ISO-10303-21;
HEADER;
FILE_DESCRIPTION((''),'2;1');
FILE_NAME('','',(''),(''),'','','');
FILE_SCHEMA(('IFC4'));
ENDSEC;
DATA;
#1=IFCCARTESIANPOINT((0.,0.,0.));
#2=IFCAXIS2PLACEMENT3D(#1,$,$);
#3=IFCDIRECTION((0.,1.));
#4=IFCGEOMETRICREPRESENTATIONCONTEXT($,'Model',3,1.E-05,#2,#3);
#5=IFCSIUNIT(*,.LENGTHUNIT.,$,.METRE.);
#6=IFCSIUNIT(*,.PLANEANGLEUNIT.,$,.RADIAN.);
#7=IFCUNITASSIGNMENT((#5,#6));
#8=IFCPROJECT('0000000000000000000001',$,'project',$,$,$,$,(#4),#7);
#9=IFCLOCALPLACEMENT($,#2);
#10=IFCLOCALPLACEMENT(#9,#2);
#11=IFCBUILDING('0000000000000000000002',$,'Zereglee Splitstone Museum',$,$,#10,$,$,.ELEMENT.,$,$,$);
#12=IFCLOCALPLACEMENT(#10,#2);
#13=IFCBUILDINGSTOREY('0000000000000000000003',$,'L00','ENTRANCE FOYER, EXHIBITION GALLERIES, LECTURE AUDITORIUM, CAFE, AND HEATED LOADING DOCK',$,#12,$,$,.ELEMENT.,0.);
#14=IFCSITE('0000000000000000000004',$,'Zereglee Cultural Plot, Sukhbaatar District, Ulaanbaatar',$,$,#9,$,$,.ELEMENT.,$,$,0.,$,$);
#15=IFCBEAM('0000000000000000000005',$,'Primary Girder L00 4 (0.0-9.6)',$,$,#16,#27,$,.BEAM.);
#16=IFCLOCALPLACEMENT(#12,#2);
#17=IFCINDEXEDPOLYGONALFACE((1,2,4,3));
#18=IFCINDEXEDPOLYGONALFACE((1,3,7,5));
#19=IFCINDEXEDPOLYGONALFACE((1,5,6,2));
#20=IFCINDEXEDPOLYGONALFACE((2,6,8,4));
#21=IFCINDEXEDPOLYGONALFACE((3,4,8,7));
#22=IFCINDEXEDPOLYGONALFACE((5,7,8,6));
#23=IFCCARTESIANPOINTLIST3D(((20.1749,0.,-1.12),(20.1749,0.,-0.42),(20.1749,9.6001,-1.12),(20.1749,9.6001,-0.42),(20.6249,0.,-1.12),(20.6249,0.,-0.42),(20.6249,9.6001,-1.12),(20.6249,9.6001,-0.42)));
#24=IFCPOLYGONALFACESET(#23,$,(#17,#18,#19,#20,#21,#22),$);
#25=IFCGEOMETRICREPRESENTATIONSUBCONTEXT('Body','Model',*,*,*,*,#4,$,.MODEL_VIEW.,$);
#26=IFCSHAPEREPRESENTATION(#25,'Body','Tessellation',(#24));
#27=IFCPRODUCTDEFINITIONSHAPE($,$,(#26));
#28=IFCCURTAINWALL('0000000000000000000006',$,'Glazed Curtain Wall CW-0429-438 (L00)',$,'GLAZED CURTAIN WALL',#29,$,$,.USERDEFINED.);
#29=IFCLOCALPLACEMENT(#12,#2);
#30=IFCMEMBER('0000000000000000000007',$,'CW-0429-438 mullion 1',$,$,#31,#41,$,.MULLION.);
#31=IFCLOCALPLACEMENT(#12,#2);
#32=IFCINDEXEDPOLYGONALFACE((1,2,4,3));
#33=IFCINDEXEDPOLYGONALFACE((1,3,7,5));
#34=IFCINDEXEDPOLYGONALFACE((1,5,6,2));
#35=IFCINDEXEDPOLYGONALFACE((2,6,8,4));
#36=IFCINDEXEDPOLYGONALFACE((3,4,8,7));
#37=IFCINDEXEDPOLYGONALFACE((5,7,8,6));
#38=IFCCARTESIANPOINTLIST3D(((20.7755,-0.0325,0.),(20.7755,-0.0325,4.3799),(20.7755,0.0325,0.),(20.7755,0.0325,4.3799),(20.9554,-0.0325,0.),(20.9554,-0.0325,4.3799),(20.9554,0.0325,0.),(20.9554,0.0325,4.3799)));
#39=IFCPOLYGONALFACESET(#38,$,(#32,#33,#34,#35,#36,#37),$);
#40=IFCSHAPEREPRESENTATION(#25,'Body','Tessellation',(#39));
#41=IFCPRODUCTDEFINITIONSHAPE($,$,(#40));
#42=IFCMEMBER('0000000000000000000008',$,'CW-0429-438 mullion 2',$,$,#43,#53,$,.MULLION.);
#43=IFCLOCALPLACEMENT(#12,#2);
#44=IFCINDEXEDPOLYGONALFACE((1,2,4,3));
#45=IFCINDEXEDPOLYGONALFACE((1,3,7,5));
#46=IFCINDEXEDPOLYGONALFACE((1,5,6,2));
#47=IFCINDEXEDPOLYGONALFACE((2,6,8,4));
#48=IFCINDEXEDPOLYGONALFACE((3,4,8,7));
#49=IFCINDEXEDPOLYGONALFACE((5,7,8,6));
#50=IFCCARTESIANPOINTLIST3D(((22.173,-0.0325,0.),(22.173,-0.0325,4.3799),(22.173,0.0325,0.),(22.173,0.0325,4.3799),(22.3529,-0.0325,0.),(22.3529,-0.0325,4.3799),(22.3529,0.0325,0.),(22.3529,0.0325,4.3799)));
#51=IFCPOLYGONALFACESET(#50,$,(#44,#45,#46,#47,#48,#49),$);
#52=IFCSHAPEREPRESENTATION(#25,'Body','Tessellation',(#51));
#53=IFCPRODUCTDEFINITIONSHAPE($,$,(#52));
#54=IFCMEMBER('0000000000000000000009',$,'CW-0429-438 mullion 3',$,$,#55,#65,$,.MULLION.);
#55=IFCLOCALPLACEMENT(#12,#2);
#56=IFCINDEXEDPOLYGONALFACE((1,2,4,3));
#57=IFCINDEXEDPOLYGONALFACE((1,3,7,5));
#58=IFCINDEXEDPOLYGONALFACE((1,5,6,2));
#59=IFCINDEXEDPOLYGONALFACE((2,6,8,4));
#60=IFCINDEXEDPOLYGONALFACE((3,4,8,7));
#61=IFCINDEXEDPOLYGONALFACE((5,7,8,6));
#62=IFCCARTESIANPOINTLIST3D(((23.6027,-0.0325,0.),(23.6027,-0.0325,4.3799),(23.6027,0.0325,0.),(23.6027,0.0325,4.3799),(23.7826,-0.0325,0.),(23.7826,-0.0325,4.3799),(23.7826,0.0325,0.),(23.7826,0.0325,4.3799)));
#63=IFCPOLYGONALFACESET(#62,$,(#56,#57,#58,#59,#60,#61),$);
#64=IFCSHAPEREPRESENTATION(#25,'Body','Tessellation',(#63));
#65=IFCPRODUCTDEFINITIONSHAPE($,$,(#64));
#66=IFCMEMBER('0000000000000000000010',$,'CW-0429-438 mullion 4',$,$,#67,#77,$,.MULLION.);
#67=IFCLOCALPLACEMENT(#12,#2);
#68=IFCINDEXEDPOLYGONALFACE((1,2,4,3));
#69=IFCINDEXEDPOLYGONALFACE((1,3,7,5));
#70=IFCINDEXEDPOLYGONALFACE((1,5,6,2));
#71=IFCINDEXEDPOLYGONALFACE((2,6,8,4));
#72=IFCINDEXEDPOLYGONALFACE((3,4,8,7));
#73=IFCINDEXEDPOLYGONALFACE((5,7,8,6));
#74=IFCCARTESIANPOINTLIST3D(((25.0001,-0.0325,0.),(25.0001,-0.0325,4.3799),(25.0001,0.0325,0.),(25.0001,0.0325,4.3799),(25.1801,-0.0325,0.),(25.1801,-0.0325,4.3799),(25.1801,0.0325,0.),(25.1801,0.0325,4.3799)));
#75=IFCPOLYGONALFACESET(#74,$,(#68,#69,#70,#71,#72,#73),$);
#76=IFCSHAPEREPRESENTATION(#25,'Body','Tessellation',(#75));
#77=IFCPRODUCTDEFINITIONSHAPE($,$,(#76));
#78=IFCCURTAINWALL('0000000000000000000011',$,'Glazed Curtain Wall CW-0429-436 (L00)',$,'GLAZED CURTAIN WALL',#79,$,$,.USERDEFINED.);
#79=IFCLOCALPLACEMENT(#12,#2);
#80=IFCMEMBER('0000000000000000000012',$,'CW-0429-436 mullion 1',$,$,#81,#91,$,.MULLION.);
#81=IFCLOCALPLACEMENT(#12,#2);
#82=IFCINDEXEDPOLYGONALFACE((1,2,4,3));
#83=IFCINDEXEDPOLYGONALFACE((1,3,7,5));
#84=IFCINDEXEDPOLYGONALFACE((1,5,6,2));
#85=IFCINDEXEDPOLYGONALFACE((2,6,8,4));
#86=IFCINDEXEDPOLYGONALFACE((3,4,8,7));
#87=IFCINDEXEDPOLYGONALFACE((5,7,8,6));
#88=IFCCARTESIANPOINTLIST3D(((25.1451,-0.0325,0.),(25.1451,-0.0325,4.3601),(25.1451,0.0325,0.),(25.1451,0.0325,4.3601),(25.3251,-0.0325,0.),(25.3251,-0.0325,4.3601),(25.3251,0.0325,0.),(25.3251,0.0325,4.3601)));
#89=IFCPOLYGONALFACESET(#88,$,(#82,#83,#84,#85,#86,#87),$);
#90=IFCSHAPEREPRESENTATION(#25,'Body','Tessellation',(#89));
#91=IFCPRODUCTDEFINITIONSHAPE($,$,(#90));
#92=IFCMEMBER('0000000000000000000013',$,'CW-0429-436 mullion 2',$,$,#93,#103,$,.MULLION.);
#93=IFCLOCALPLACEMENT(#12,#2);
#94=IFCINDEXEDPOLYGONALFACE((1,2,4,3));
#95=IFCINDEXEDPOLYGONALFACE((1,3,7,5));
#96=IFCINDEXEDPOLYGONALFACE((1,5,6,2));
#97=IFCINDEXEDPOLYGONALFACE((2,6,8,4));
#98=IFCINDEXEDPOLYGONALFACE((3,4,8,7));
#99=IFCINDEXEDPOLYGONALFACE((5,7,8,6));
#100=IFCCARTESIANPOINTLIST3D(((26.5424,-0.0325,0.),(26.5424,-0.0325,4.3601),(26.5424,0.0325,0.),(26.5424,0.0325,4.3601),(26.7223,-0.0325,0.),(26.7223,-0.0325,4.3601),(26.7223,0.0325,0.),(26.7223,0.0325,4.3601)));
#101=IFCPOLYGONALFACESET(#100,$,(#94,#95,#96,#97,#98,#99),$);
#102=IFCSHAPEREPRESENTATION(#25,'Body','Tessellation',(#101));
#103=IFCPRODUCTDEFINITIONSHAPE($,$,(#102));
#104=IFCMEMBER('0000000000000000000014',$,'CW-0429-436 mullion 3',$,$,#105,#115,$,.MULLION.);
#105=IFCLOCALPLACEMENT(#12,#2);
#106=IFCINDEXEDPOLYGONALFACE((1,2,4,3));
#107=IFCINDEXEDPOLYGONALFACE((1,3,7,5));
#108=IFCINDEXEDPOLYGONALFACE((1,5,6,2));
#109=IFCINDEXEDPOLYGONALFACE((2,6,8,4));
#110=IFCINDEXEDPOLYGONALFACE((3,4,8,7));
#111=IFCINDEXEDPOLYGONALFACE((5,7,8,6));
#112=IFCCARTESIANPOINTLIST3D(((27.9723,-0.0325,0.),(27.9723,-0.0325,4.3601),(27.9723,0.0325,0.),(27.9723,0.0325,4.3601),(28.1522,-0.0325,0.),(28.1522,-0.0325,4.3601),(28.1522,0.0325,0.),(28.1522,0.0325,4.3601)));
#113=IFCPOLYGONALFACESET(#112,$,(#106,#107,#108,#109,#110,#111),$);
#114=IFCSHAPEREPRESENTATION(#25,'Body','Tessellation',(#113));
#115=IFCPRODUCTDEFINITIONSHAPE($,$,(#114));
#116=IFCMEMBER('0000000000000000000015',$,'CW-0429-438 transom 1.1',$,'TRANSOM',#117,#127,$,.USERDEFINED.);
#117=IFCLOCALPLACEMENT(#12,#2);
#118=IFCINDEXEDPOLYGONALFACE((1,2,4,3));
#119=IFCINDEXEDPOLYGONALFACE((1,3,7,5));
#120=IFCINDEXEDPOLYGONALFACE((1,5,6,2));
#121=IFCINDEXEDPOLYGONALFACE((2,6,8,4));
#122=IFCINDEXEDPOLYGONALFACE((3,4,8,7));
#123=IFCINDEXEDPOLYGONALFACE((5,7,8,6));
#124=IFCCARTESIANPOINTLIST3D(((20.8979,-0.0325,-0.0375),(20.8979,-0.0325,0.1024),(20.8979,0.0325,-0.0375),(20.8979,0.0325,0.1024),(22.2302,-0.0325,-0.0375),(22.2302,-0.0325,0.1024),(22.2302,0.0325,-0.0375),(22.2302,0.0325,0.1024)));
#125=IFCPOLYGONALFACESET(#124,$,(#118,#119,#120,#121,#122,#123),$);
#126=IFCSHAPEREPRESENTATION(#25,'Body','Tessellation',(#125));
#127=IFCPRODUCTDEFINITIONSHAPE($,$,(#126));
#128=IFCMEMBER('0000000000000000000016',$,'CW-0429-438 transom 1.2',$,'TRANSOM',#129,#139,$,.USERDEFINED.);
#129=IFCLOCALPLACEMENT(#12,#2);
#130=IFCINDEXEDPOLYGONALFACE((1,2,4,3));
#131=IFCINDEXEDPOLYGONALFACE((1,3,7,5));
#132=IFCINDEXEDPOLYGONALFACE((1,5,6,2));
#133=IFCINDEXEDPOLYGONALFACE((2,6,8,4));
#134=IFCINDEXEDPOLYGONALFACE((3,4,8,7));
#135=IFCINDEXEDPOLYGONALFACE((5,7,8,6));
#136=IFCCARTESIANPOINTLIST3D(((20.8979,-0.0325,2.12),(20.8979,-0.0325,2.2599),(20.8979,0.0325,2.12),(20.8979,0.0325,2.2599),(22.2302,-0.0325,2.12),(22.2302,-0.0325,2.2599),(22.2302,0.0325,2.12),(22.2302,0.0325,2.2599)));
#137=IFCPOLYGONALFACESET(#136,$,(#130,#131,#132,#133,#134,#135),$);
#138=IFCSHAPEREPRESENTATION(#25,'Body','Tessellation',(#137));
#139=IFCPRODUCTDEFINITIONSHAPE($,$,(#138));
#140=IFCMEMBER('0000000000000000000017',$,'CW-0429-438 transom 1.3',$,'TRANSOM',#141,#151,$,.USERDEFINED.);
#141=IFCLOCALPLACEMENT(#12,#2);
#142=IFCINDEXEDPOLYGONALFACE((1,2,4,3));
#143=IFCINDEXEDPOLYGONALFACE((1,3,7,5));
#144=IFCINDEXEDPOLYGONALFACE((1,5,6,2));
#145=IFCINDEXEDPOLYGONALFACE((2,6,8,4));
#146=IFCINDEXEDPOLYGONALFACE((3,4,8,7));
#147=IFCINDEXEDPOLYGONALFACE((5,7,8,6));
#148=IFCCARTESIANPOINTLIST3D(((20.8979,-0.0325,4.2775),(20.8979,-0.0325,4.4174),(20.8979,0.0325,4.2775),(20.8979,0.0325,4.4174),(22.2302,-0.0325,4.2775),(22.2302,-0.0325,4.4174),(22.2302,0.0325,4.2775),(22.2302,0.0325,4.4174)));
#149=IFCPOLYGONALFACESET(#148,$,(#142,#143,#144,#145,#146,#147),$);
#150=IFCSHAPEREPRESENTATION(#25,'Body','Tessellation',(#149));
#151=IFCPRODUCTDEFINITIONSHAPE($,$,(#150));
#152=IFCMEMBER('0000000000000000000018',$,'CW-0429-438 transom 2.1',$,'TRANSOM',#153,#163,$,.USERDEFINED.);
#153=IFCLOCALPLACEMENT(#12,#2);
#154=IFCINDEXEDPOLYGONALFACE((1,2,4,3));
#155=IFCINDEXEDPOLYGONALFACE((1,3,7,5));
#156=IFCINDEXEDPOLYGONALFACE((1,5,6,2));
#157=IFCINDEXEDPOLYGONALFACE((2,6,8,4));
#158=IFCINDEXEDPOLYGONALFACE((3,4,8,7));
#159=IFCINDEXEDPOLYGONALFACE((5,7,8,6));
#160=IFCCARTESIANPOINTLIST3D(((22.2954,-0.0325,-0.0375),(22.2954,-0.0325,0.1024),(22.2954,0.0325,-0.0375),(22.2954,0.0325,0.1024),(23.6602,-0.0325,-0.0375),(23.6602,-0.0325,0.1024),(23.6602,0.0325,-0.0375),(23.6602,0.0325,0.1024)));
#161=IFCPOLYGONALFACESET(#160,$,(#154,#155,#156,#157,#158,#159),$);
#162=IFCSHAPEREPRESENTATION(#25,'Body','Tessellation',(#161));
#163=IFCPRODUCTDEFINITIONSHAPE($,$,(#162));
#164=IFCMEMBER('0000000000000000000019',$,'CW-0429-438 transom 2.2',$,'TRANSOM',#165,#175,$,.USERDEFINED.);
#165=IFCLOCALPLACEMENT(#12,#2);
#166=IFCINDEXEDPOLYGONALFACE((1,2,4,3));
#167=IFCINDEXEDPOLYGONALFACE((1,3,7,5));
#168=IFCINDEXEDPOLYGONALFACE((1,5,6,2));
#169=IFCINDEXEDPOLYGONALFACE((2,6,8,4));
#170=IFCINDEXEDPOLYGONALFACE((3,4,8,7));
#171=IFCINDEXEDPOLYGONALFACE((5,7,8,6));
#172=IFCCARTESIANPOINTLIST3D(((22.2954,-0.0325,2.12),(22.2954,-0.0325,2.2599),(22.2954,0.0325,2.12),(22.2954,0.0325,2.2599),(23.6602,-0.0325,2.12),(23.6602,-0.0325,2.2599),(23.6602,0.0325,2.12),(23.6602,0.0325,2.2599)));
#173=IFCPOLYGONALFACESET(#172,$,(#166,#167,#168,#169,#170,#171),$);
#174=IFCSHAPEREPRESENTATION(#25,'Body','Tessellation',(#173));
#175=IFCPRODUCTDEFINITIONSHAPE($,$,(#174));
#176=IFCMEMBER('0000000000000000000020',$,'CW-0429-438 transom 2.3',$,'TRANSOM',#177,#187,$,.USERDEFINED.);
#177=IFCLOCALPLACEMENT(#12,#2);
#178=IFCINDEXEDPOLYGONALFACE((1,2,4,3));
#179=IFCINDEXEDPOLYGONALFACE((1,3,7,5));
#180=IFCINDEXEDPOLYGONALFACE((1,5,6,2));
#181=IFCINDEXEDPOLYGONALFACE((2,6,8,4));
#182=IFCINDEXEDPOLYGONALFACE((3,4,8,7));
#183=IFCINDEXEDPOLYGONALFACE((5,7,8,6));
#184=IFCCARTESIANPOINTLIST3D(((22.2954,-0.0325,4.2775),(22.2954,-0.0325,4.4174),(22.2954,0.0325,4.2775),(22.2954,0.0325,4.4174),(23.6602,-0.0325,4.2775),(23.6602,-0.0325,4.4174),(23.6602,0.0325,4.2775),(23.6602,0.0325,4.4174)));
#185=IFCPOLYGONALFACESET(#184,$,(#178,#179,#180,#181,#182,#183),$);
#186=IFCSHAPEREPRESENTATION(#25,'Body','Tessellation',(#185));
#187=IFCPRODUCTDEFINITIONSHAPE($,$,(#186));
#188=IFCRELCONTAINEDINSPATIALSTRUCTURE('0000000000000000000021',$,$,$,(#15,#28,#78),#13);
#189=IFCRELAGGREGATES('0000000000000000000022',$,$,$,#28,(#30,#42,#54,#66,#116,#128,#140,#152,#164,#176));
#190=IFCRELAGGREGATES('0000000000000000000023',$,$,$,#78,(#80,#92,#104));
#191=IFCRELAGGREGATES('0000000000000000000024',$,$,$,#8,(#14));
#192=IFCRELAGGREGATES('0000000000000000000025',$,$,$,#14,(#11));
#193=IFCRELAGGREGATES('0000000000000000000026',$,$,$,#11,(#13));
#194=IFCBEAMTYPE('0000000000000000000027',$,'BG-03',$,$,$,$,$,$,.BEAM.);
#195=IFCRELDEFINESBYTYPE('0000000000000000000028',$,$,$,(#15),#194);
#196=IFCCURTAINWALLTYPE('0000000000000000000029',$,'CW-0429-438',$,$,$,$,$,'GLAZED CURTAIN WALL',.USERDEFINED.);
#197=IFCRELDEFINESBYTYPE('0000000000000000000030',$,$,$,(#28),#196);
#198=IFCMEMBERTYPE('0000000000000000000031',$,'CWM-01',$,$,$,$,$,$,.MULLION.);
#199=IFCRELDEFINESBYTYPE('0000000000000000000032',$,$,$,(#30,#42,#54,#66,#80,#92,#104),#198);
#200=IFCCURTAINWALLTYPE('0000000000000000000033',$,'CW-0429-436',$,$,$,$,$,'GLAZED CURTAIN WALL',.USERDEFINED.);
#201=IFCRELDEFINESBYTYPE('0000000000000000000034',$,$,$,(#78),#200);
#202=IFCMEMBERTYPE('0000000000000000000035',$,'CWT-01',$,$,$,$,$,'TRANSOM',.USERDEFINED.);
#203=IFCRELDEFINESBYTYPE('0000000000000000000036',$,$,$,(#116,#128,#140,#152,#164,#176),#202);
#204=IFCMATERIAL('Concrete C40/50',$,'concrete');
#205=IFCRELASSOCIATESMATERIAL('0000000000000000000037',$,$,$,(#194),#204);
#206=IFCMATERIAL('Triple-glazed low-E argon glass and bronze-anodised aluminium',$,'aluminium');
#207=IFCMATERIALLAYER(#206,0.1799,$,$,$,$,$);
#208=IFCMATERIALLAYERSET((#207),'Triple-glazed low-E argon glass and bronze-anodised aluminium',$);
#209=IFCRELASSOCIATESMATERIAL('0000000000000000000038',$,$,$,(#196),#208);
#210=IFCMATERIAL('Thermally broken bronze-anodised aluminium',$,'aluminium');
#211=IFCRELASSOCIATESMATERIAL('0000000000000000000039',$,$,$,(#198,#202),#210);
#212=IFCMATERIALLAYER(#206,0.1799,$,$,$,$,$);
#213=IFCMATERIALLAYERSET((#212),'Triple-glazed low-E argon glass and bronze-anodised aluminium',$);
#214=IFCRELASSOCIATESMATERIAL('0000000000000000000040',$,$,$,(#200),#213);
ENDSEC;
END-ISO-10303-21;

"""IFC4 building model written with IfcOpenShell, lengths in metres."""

from ifc_helpers import new_model, si_unit, direction, frame, origin, origin_2d, place, context, subcontext, project, spatial, rectangle, extrude, material, layer, layer_set, material_profile, profile_set, type_object, element, aggregate, save


model = new_model("IFC4")

# Units and contexts
model_context = context("Model", 3, precision=1e-05, world=origin(), true_north=direction((0.0, 1.0)))
body_context = subcontext(model_context, "Body", "Model", "MODEL_VIEW")
ifc_project = project(units=[si_unit("LENGTHUNIT", "METRE"), si_unit("PLANEANGLEUNIT", "RADIAN")], contexts=[model_context])

# Site, building, storey
site_placement = place(None, origin())
site = spatial("IfcSite", under=ifc_project, at=site_placement, Name="Zereglee Cultural Plot, Sukhbaatar District, Ulaanbaatar", CompositionType="ELEMENT", RefElevation=0.0)
building_placement = place(site_placement, origin())
building = spatial("IfcBuilding", under=site, at=building_placement, Name="Zereglee Splitstone Museum", CompositionType="ELEMENT")
storey_placement = place(building_placement, origin())
storey = spatial("IfcBuildingStorey", under=building, at=storey_placement, Name="L00", Description="ENTRANCE FOYER, EXHIBITION GALLERIES, LECTURE AUDITORIUM, CAFE, AND HEATED LOADING DOCK", CompositionType="ELEMENT", Elevation=0.0)

# Beam
ifc_material_1 = material(Name="Concrete C40/50", Category="concrete")
ifc_material_profile_1 = material_profile(ifc_material_1, rectangle(XDim=0.45, YDim=0.7, at=origin_2d()), Name="RC 450x700")
ifc_profile_set_1 = profile_set([ifc_material_profile_1], Name="Concrete C40/50")
beam_type = type_object("IfcBeamType", Name="BG-03", PredefinedType="BEAM", material=ifc_profile_set_1)
beam_placement = place(storey_placement, frame((20.3999, 0.0, -0.77), z_axis=(0.0, 1.0, 0.0), x_axis=(-1.0, 0.0, 0.0)))
element("IfcBeam", 1, at=beam_placement, inside=storey, type_object=beam_type, Name="Primary Girder L00 4 (0.0-9.6)", PredefinedType="BEAM", context=body_context, shape_type="SweptSolid", body=[
    extrude(rectangle(XDim=0.45, YDim=0.7, at=origin_2d()), origin(), (0.0, 0.0, 1.0), 9.6001),
])

# Curtain walls, members
ifc_material_2 = material(Name="Triple-glazed low-E argon glass and bronze-anodised aluminium", Category="aluminium")
ifc_layer_1 = layer(ifc_material_2, 0.1799)
ifc_layer_set_1 = layer_set([ifc_layer_1], Name="Triple-glazed low-E argon glass and bronze-anodised aluminium")
curtain_wall_type_1 = type_object("IfcCurtainWallType", Name="CW-0429-438", ElementType="GLAZED CURTAIN WALL", PredefinedType="USERDEFINED", material=ifc_layer_set_1)
curtain_wall_1_placement = place(storey_placement, origin())
curtain_wall_1 = element("IfcCurtainWall", 2, at=curtain_wall_1_placement, inside=storey, type_object=curtain_wall_type_1, Name="Glazed Curtain Wall CW-0429-438 (L00)", ObjectType="GLAZED CURTAIN WALL", PredefinedType="USERDEFINED")
ifc_material_3 = material(Name="Thermally broken bronze-anodised aluminium", Category="aluminium")
ifc_material_profile_2 = material_profile(ifc_material_3, rectangle(XDim=0.0649, YDim=0.1799, at=origin_2d()), Name="CW MULL 65x180")
ifc_profile_set_2 = profile_set([ifc_material_profile_2], Name="Thermally broken bronze-anodised aluminium")
member_type_1 = type_object("IfcMemberType", Name="CWM-01", PredefinedType="MULLION", material=ifc_profile_set_2)
member_1_placement = place(storey_placement, frame((20.8655, 0.0, 0.0), z_axis=(0.0, 0.0, 1.0), x_axis=(0.0, 1.0, 0.0)))
member_1 = element("IfcMember", 3, at=member_1_placement, type_object=member_type_1, Name="CW-0429-438 mullion 1", PredefinedType="MULLION", context=body_context, shape_type="SweptSolid", body=[
    extrude(rectangle(XDim=0.0649, YDim=0.1799, at=origin_2d()), origin(), (0.0, 0.0, 1.0), 4.3799),
])
member_2_placement = place(storey_placement, frame((22.2629, 0.0, 0.0), z_axis=(0.0, 0.0, 1.0), x_axis=(0.0, 1.0, 0.0)))
member_2 = element("IfcMember", 4, at=member_2_placement, type_object=member_type_1, Name="CW-0429-438 mullion 2", PredefinedType="MULLION", context=body_context, shape_type="SweptSolid", body=[
    extrude(rectangle(XDim=0.0649, YDim=0.1799, at=origin_2d()), origin(), (0.0, 0.0, 1.0), 4.3799),
])
member_3_placement = place(storey_placement, frame((23.6926, 0.0, 0.0), z_axis=(0.0, 0.0, 1.0), x_axis=(0.0, 1.0, 0.0)))
member_3 = element("IfcMember", 5, at=member_3_placement, type_object=member_type_1, Name="CW-0429-438 mullion 3", PredefinedType="MULLION", context=body_context, shape_type="SweptSolid", body=[
    extrude(rectangle(XDim=0.0649, YDim=0.1799, at=origin_2d()), origin(), (0.0, 0.0, 1.0), 4.3799),
])
member_4_placement = place(storey_placement, frame((25.0901, 0.0, 0.0), z_axis=(0.0, 0.0, 1.0), x_axis=(0.0, 1.0, 0.0)))
member_4 = element("IfcMember", 6, at=member_4_placement, type_object=member_type_1, Name="CW-0429-438 mullion 4", PredefinedType="MULLION", context=body_context, shape_type="SweptSolid", body=[
    extrude(rectangle(XDim=0.0649, YDim=0.1799, at=origin_2d()), origin(), (0.0, 0.0, 1.0), 4.3799),
])
ifc_layer_2 = layer(ifc_material_2, 0.1799)
ifc_layer_set_2 = layer_set([ifc_layer_2], Name="Triple-glazed low-E argon glass and bronze-anodised aluminium")
curtain_wall_type_2 = type_object("IfcCurtainWallType", Name="CW-0429-436", ElementType="GLAZED CURTAIN WALL", PredefinedType="USERDEFINED", material=ifc_layer_set_2)
curtain_wall_2_placement = place(storey_placement, origin())
curtain_wall_2 = element("IfcCurtainWall", 7, at=curtain_wall_2_placement, inside=storey, type_object=curtain_wall_type_2, Name="Glazed Curtain Wall CW-0429-436 (L00)", ObjectType="GLAZED CURTAIN WALL", PredefinedType="USERDEFINED")
member_5_placement = place(storey_placement, frame((25.2351, 0.0, 0.0), z_axis=(0.0, 0.0, 1.0), x_axis=(0.0, 1.0, 0.0)))
member_5 = element("IfcMember", 8, at=member_5_placement, type_object=member_type_1, Name="CW-0429-436 mullion 1", PredefinedType="MULLION", context=body_context, shape_type="SweptSolid", body=[
    extrude(rectangle(XDim=0.0649, YDim=0.1799, at=origin_2d()), origin(), (0.0, 0.0, 1.0), 4.3601),
])
member_6_placement = place(storey_placement, frame((26.6323, 0.0, 0.0), z_axis=(0.0, 0.0, 1.0), x_axis=(0.0, 1.0, 0.0)))
member_6 = element("IfcMember", 9, at=member_6_placement, type_object=member_type_1, Name="CW-0429-436 mullion 2", PredefinedType="MULLION", context=body_context, shape_type="SweptSolid", body=[
    extrude(rectangle(XDim=0.0649, YDim=0.1799, at=origin_2d()), origin(), (0.0, 0.0, 1.0), 4.3601),
])
member_7_placement = place(storey_placement, frame((28.0623, 0.0, 0.0), z_axis=(0.0, 0.0, 1.0), x_axis=(0.0, 1.0, 0.0)))
member_7 = element("IfcMember", 10, at=member_7_placement, type_object=member_type_1, Name="CW-0429-436 mullion 3", PredefinedType="MULLION", context=body_context, shape_type="SweptSolid", body=[
    extrude(rectangle(XDim=0.0649, YDim=0.1799, at=origin_2d()), origin(), (0.0, 0.0, 1.0), 4.3601),
])

# Members
ifc_material_profile_3 = material_profile(ifc_material_3, rectangle(XDim=0.0649, YDim=0.1399, at=origin_2d()), Name="CW TRAN 65x140")
ifc_profile_set_3 = profile_set([ifc_material_profile_3], Name="Thermally broken bronze-anodised aluminium")
member_type_2 = type_object("IfcMemberType", Name="CWT-01", ElementType="TRANSOM", PredefinedType="USERDEFINED", material=ifc_profile_set_3)
member_8_placement = place(storey_placement, frame((20.8979, 0.0, 0.0325), z_axis=(1.0, 0.0, 0.0), x_axis=(0.0, 1.0, 0.0)))
member_8 = element("IfcMember", 11, at=member_8_placement, type_object=member_type_2, Name="CW-0429-438 transom 1.1", ObjectType="TRANSOM", PredefinedType="USERDEFINED", context=body_context, shape_type="SweptSolid", body=[
    extrude(rectangle(XDim=0.0649, YDim=0.1399, at=origin_2d()), origin(), (0.0, 0.0, 1.0), 1.3323),
])
member_9_placement = place(storey_placement, frame((20.8979, 0.0, 2.1899), z_axis=(1.0, 0.0, 0.0), x_axis=(0.0, 1.0, 0.0)))
member_9 = element("IfcMember", 12, at=member_9_placement, type_object=member_type_2, Name="CW-0429-438 transom 1.2", ObjectType="TRANSOM", PredefinedType="USERDEFINED", context=body_context, shape_type="SweptSolid", body=[
    extrude(rectangle(XDim=0.0649, YDim=0.1399, at=origin_2d()), origin(), (0.0, 0.0, 1.0), 1.3323),
])
member_10_placement = place(storey_placement, frame((20.8979, 0.0, 4.3474), z_axis=(1.0, 0.0, 0.0), x_axis=(0.0, 1.0, 0.0)))
member_10 = element("IfcMember", 13, at=member_10_placement, type_object=member_type_2, Name="CW-0429-438 transom 1.3", ObjectType="TRANSOM", PredefinedType="USERDEFINED", context=body_context, shape_type="SweptSolid", body=[
    extrude(rectangle(XDim=0.0649, YDim=0.1399, at=origin_2d()), origin(), (0.0, 0.0, 1.0), 1.3323),
])
member_11_placement = place(storey_placement, frame((22.2954, 0.0, 0.0325), z_axis=(1.0, 0.0, 0.0), x_axis=(0.0, 1.0, 0.0)))
member_11 = element("IfcMember", 14, at=member_11_placement, type_object=member_type_2, Name="CW-0429-438 transom 2.1", ObjectType="TRANSOM", PredefinedType="USERDEFINED", context=body_context, shape_type="SweptSolid", body=[
    extrude(rectangle(XDim=0.0649, YDim=0.1399, at=origin_2d()), origin(), (0.0, 0.0, 1.0), 1.3647),
])
member_12_placement = place(storey_placement, frame((22.2954, 0.0, 2.1899), z_axis=(1.0, 0.0, 0.0), x_axis=(0.0, 1.0, 0.0)))
member_12 = element("IfcMember", 15, at=member_12_placement, type_object=member_type_2, Name="CW-0429-438 transom 2.2", ObjectType="TRANSOM", PredefinedType="USERDEFINED", context=body_context, shape_type="SweptSolid", body=[
    extrude(rectangle(XDim=0.0649, YDim=0.1399, at=origin_2d()), origin(), (0.0, 0.0, 1.0), 1.3647),
])
member_13_placement = place(storey_placement, frame((22.2954, 0.0, 4.3474), z_axis=(1.0, 0.0, 0.0), x_axis=(0.0, 1.0, 0.0)))
member_13 = element("IfcMember", 16, at=member_13_placement, type_object=member_type_2, Name="CW-0429-438 transom 2.3", ObjectType="TRANSOM", PredefinedType="USERDEFINED", context=body_context, shape_type="SweptSolid", body=[
    extrude(rectangle(XDim=0.0649, YDim=0.1399, at=origin_2d()), origin(), (0.0, 0.0, 1.0), 1.3647),
])

aggregate(curtain_wall_1, [member_1, member_2, member_3, member_4, member_8, member_9, member_10, member_11, member_12, member_13])
aggregate(curtain_wall_2, [member_5, member_6, member_7])

save(model, "model.ifc")
